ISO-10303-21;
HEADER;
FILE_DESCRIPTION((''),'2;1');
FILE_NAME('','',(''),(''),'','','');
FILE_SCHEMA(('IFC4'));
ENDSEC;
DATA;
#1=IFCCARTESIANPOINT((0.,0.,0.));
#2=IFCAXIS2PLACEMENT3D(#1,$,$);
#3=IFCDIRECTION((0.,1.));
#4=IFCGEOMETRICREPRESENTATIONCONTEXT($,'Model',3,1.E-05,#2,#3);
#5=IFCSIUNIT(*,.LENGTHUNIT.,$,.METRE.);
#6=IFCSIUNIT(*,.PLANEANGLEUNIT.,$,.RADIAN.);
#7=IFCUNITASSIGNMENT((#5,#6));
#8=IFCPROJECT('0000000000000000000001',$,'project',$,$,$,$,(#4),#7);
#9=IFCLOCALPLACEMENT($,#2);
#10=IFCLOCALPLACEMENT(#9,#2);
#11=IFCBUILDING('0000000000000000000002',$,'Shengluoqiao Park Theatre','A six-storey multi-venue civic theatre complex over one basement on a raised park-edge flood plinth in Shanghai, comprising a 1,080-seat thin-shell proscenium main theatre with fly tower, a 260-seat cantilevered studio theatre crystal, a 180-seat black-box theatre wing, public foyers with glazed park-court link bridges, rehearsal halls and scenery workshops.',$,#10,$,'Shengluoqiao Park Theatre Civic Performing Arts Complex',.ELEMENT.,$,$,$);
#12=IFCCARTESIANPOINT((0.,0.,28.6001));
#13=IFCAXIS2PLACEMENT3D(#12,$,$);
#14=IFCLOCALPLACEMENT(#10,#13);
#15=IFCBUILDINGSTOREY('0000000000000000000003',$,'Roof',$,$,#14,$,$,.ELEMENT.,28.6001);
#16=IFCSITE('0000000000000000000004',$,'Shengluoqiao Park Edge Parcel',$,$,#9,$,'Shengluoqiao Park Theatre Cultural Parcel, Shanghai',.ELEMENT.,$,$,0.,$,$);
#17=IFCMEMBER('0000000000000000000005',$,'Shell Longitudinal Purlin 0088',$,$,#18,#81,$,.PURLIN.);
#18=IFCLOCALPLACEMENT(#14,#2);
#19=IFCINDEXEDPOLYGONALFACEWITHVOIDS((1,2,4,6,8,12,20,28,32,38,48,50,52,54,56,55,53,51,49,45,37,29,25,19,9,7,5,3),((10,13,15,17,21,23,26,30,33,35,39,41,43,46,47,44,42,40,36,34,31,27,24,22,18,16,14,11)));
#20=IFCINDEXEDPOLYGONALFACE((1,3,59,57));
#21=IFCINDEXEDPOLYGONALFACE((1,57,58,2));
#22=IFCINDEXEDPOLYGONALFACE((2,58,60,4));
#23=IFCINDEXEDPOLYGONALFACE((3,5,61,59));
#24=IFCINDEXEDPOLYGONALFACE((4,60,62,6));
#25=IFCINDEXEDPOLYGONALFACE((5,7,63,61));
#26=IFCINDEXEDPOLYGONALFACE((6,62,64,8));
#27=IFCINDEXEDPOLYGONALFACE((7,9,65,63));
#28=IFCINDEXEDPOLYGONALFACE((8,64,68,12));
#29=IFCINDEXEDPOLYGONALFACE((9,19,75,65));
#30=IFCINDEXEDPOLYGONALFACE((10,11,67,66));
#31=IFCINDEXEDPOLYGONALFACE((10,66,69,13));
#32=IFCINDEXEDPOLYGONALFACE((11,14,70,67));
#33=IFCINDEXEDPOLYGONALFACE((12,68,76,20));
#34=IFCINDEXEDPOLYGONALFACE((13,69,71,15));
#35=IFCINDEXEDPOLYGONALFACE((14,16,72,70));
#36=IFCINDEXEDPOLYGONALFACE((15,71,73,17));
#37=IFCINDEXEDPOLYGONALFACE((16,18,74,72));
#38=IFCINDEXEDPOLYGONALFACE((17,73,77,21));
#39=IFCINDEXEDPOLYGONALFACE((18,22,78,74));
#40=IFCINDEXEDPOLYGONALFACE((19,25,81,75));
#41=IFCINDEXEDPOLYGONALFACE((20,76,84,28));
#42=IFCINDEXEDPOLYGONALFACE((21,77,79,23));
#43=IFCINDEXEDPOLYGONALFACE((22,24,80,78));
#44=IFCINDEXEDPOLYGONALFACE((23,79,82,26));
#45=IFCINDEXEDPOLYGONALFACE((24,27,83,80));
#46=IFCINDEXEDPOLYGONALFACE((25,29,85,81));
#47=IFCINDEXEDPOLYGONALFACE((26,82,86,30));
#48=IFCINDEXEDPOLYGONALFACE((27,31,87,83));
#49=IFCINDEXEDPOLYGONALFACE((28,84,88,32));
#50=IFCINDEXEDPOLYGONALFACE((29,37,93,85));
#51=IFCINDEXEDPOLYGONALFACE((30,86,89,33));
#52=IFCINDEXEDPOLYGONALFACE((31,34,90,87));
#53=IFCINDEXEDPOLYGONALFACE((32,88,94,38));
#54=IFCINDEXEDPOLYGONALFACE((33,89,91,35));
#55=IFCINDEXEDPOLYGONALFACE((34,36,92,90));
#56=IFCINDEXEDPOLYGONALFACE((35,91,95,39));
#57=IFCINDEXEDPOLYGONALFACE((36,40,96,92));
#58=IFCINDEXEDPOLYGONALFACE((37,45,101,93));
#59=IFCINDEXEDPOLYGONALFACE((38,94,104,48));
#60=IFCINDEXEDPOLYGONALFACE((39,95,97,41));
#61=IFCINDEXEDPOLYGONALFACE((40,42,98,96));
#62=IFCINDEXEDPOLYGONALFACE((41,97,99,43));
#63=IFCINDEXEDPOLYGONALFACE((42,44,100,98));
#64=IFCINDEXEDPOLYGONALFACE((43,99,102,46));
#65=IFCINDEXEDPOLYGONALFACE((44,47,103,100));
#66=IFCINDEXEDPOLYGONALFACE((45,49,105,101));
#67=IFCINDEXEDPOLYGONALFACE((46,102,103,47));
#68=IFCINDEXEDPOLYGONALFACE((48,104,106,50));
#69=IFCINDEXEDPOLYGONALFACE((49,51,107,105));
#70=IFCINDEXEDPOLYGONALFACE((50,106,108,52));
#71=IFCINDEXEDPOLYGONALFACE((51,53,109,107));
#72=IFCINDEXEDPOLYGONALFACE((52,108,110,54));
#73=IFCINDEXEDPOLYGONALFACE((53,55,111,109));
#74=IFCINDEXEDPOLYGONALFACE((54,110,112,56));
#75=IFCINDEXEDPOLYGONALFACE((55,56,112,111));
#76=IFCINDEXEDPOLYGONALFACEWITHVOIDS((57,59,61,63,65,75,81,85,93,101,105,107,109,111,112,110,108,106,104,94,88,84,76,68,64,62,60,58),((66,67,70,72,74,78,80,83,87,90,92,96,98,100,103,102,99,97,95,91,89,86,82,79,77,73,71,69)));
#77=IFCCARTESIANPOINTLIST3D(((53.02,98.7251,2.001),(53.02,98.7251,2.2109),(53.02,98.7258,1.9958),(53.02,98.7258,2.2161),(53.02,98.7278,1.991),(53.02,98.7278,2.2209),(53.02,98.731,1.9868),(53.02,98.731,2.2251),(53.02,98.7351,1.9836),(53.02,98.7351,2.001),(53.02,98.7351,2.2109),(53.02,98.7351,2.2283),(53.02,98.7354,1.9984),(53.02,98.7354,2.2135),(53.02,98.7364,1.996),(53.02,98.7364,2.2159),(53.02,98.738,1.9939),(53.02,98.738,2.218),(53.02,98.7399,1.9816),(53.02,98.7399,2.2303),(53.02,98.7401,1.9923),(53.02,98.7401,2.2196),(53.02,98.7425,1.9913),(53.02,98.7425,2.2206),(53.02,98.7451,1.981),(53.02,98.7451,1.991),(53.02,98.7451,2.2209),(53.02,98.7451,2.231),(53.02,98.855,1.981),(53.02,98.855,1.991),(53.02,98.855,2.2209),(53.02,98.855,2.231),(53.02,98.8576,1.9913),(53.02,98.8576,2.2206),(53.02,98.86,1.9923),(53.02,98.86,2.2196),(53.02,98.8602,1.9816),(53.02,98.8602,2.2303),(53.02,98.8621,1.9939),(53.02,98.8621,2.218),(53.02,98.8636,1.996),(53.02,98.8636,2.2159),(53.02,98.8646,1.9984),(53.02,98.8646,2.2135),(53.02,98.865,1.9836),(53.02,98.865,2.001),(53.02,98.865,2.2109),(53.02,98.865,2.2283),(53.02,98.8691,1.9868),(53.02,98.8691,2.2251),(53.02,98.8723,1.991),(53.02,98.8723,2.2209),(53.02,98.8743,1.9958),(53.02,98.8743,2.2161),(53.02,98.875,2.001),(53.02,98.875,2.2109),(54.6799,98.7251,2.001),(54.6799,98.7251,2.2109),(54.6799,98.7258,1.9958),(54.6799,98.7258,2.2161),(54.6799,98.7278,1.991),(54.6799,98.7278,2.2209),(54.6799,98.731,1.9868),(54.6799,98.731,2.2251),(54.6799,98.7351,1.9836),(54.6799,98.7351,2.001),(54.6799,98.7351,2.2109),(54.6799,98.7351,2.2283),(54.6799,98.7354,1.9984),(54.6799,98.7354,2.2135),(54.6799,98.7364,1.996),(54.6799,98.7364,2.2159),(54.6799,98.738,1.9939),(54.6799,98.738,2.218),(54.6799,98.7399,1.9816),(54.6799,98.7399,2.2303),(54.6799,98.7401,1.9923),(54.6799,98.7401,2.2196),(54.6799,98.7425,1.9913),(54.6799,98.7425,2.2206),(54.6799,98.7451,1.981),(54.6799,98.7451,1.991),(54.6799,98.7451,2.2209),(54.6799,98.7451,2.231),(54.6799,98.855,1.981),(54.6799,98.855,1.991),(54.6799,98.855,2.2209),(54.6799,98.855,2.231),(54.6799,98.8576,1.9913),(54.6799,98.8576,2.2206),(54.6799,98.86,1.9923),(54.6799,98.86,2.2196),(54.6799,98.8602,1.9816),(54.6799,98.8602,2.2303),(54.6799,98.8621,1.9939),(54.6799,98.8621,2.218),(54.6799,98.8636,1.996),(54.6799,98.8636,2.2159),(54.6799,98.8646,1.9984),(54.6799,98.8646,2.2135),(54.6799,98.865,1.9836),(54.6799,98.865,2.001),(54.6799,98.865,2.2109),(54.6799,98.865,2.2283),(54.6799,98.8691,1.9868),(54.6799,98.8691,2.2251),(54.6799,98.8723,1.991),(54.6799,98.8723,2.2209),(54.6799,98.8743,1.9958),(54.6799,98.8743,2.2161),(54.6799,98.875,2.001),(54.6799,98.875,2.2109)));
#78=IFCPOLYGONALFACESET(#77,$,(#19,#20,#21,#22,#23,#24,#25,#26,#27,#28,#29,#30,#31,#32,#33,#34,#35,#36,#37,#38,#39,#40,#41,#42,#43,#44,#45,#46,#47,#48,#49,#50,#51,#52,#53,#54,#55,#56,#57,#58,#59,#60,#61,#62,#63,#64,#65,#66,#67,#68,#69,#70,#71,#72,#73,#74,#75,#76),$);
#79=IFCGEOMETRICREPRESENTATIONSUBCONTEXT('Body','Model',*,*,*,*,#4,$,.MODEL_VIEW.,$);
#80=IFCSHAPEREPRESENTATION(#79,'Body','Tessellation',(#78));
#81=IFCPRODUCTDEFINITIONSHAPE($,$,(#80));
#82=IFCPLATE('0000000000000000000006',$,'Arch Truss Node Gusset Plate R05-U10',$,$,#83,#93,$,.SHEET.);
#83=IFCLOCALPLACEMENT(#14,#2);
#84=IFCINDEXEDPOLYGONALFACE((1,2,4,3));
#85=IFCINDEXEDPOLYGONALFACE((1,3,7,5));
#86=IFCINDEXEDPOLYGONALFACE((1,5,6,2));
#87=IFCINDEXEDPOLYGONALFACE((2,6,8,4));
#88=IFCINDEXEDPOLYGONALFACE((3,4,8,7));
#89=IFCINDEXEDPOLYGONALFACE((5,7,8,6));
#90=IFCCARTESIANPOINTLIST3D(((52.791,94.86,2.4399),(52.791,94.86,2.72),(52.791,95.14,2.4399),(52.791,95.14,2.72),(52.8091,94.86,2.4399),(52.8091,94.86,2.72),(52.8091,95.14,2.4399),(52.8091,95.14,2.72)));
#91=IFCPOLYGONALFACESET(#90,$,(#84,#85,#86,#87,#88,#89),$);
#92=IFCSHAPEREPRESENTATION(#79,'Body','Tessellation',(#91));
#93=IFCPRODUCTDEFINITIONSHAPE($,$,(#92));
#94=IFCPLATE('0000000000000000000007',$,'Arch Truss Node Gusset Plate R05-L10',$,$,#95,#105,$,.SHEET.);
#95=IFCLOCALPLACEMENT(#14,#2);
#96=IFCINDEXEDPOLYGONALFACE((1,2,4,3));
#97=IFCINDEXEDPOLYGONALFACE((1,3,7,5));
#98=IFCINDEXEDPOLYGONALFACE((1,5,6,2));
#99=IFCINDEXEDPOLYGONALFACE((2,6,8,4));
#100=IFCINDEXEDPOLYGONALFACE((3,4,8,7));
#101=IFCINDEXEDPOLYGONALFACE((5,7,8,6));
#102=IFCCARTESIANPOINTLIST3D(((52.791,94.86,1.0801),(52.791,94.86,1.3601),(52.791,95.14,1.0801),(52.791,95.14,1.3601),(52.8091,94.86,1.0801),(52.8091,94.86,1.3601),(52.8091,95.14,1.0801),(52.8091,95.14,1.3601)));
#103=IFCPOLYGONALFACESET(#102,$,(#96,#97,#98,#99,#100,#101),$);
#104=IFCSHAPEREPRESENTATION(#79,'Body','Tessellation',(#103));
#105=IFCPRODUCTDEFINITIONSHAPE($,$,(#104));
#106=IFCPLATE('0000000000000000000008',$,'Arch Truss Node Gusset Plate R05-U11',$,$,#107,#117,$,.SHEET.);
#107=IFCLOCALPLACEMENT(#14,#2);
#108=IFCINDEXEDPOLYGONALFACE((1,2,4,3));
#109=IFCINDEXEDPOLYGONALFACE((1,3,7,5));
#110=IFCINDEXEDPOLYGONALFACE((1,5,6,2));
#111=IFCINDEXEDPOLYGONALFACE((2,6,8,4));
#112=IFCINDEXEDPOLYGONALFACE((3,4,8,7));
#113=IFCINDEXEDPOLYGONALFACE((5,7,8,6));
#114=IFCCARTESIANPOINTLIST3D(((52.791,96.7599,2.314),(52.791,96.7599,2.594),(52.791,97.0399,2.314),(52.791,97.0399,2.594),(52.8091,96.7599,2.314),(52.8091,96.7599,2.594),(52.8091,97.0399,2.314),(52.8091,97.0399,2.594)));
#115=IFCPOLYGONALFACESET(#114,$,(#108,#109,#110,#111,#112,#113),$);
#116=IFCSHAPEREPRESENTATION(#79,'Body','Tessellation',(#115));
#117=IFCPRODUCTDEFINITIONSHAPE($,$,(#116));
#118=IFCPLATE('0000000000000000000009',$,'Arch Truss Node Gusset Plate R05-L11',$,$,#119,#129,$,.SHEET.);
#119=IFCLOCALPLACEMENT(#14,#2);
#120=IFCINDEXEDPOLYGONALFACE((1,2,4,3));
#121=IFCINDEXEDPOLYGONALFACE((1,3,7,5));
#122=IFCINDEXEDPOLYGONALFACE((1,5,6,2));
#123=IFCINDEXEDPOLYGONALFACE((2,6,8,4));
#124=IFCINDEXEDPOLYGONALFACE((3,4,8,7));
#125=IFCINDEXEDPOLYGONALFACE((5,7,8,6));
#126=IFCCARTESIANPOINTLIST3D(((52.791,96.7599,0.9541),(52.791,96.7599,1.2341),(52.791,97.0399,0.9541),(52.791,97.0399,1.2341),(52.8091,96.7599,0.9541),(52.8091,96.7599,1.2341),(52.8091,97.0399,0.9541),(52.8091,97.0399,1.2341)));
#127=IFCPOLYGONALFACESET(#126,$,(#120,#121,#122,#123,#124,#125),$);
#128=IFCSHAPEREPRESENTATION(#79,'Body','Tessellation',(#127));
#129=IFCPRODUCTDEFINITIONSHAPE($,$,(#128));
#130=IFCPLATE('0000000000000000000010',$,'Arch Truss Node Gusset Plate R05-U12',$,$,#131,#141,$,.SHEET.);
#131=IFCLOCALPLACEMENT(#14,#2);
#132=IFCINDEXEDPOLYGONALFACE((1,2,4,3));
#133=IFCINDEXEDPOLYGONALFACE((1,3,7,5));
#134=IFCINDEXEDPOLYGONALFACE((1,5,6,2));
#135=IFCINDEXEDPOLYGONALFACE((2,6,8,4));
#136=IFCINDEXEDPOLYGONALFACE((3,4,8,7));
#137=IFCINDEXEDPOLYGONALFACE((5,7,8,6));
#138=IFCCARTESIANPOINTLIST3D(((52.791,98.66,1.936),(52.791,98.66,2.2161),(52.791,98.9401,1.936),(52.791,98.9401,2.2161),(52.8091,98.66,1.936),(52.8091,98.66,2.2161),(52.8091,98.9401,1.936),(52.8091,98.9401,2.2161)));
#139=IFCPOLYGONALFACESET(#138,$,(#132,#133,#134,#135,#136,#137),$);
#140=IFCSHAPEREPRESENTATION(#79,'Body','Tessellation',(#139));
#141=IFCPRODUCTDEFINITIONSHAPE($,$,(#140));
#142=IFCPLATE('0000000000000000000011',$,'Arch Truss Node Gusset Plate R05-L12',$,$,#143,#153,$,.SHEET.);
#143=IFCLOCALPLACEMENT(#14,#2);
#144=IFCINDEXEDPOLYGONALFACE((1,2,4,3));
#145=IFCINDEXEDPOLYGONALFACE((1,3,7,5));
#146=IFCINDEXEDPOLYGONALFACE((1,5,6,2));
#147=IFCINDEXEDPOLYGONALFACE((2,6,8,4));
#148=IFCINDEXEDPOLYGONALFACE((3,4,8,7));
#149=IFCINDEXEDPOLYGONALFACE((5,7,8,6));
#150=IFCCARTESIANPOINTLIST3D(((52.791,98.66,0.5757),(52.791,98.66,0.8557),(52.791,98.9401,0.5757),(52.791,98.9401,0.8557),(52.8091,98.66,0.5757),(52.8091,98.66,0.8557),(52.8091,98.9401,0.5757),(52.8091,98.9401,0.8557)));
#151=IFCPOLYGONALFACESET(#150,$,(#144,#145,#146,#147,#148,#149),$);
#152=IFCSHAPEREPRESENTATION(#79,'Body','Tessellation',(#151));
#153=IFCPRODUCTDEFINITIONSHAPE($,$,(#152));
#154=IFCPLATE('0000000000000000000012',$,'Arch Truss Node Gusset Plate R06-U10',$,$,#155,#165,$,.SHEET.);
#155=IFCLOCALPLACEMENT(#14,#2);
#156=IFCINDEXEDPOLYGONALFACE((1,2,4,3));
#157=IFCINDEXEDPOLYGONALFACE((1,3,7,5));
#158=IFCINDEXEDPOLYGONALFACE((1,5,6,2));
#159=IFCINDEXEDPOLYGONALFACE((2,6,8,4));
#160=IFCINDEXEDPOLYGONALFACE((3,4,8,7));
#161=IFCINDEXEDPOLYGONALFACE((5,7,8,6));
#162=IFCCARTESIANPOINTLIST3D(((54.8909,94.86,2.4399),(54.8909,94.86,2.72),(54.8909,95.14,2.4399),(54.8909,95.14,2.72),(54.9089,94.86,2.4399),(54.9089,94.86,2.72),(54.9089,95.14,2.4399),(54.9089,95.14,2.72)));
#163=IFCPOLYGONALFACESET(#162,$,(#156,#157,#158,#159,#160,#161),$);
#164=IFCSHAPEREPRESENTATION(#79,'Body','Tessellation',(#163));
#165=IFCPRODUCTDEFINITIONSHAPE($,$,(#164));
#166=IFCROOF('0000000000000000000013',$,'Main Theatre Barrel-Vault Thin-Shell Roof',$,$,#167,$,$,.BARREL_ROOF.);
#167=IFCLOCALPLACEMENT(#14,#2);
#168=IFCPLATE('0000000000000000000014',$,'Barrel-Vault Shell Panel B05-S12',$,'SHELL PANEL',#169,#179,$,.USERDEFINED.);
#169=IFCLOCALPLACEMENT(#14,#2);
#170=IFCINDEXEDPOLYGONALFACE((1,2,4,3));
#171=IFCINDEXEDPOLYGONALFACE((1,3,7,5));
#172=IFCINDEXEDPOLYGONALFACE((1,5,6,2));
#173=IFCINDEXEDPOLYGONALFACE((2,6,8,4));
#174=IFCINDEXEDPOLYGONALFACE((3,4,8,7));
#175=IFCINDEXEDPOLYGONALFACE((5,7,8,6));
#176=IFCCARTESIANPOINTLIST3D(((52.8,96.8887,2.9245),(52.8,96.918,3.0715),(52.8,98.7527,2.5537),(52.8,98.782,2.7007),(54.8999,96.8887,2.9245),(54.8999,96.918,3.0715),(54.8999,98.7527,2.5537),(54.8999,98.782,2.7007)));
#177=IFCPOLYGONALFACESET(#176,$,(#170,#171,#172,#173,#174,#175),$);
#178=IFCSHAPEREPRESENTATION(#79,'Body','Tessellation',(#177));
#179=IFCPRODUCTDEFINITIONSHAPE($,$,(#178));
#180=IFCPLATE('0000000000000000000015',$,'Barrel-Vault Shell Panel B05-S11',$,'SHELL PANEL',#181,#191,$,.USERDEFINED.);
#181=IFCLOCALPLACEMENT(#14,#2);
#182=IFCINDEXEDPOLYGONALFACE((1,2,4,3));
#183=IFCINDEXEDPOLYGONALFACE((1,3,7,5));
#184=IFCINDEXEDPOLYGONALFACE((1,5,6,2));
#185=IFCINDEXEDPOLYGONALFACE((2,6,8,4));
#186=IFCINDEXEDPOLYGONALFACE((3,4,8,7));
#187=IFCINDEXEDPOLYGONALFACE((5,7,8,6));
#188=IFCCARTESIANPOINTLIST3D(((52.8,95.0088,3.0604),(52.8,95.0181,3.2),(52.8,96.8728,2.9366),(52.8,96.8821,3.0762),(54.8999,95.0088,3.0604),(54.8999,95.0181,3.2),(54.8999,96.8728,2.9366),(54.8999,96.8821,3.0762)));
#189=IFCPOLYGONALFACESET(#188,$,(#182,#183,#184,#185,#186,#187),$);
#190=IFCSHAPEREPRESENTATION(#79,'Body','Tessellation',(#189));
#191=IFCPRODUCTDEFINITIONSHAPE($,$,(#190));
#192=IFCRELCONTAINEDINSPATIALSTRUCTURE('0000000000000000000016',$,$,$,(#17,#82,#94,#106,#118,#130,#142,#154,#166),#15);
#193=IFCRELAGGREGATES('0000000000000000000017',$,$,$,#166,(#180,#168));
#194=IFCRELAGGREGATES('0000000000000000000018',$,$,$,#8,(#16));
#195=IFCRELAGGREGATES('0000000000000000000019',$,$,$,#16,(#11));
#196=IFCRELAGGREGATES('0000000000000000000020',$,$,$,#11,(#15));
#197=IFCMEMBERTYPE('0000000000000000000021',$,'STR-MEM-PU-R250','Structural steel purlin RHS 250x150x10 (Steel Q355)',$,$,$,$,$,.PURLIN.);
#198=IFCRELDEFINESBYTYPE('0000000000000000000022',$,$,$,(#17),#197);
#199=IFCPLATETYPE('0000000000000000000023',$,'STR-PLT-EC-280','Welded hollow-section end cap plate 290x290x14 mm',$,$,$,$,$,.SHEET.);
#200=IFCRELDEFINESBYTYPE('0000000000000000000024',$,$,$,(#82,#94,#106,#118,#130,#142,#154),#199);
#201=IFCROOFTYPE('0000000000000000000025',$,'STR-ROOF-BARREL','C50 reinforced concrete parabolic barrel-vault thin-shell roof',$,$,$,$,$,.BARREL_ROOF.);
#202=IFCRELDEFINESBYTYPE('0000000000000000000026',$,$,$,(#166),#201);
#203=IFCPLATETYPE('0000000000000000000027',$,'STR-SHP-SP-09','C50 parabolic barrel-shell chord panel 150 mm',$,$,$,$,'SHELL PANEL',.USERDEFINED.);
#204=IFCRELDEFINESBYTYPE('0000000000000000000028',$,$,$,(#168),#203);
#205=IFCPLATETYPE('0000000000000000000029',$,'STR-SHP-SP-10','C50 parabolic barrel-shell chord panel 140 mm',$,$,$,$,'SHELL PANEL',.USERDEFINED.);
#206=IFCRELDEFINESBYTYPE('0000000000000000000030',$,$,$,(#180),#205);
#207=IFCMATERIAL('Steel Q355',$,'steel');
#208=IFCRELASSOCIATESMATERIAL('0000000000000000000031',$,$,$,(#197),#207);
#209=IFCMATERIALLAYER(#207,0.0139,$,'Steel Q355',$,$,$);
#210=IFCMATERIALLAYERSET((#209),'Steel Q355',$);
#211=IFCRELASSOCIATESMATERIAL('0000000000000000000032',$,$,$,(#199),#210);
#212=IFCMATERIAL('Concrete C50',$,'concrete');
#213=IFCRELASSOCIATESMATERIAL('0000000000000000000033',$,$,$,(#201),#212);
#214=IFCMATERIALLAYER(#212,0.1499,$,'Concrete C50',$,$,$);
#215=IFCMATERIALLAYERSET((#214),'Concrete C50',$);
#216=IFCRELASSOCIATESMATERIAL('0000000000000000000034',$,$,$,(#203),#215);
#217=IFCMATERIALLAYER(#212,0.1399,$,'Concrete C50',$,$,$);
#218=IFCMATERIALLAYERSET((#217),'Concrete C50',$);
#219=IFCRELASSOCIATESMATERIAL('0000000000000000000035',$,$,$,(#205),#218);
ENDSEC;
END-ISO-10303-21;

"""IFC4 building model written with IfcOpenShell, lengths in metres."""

from ifc_helpers import new_model, si_unit, direction, frame, origin, origin_2d, place, context, subcontext, project, spatial, polyline, rectangle, hollow_rectangle, outline, extrude, material, layer, layer_set, material_profile, profile_set, type_object, element, aggregate, save


model = new_model("IFC4")

# Units and contexts
model_context = context("Model", 3, precision=1e-05, world=origin(), true_north=direction((0.0, 1.0)))
body_context = subcontext(model_context, "Body", "Model", "MODEL_VIEW")
ifc_project = project(units=[si_unit("LENGTHUNIT", "METRE"), si_unit("PLANEANGLEUNIT", "RADIAN")], contexts=[model_context])

# Site, building, storey
site_placement = place(None, origin())
site = spatial("IfcSite", under=ifc_project, at=site_placement, Name="Shengluoqiao Park Edge Parcel", LongName="Shengluoqiao Park Theatre Cultural Parcel, Shanghai", CompositionType="ELEMENT", RefElevation=0.0)
building_placement = place(site_placement, origin())
building = spatial("IfcBuilding", under=site, at=building_placement, Name="Shengluoqiao Park Theatre", Description="A six-storey multi-venue civic theatre complex over one basement on a raised park-edge flood plinth in Shanghai, comprising a 1,080-seat thin-shell proscenium main theatre with fly tower, a 260-seat cantilevered studio theatre crystal, a 180-seat black-box theatre wing, public foyers with glazed park-court link bridges, rehearsal halls and scenery workshops.", LongName="Shengluoqiao Park Theatre Civic Performing Arts Complex", CompositionType="ELEMENT")
storey_placement = place(building_placement, frame((0.0, 0.0, 28.6001)))
storey = spatial("IfcBuildingStorey", under=building, at=storey_placement, Name="Roof", CompositionType="ELEMENT", Elevation=28.6001)

# Shared definitions
ifc_material_1 = material(Name="Concrete C50", Category="concrete")
ifc_material_2 = material(Name="Steel Q355", Category="steel")

# Member
ifc_material_profile_1 = material_profile(ifc_material_2, hollow_rectangle(XDim=0.1499, YDim=0.25, WallThickness=0.01, InnerFilletRadius=0.01, OuterFilletRadius=0.02, at=origin_2d()), Name="RHS 250x150x10")
ifc_profile_set_1 = profile_set([ifc_material_profile_1], Name="Steel Q355")
member_type_1 = type_object("IfcMemberType", Name="STR-MEM-PU-R250", Description="Structural steel purlin RHS 250x150x10 (Steel Q355)", PredefinedType="PURLIN", material=ifc_profile_set_1)
member_1_placement = place(storey_placement, frame((53.02, 98.8, 2.106), z_axis=(1.0, 0.0, 0.0), x_axis=(0.0, 1.0, 0.0)))
element("IfcMember", 1, at=member_1_placement, inside=storey, type_object=member_type_1, Name="Shell Longitudinal Purlin 0088", PredefinedType="PURLIN", context=body_context, shape_type="SweptSolid", body=[
    extrude(hollow_rectangle(XDim=0.1499, YDim=0.25, WallThickness=0.01, InnerFilletRadius=0.01, OuterFilletRadius=0.02, at=origin_2d()), origin(), (0.0, 0.0, 1.0), 1.6599),
])

# Plates
ifc_layer_1 = layer(ifc_material_2, 0.0139, Name="Steel Q355")
ifc_layer_set_1 = layer_set([ifc_layer_1], Name="Steel Q355")
plate_type_1 = type_object("IfcPlateType", Name="STR-PLT-EC-280", Description="Welded hollow-section end cap plate 290x290x14 mm", PredefinedType="SHEET", material=ifc_layer_set_1)
for number, where, z_axis, x_axis, name in (
    (2, (52.8, 95.0, 2.4399), (0.0, 0.0, 1.0), (1.0, 0.0, 0.0), "Arch Truss Node Gusset Plate R05-U10"),
    (3, (52.8, 95.0, 1.0801), (0.0, 0.0, 1.0), (1.0, 0.0, 0.0), "Arch Truss Node Gusset Plate R05-L10"),
    (4, (52.8, 96.8999, 2.314), (0.0, 0.0, 1.0), (1.0, 0.0, 0.0), "Arch Truss Node Gusset Plate R05-U11"),
    (5, (52.8, 96.8999, 0.9541), (0.0, 0.0, 1.0), (1.0, 0.0, 0.0), "Arch Truss Node Gusset Plate R05-L11"),
    (6, (52.8, 98.8, 1.936), (0.0, 0.0, 1.0), (1.0, 0.0, 0.0), "Arch Truss Node Gusset Plate R05-U12"),
    (7, (52.8, 98.8, 0.5757), (0.0, 0.0, 1.0), (1.0, 0.0, 0.0), "Arch Truss Node Gusset Plate R05-L12"),
    (8, (54.8999, 95.0, 2.4399), (0.0, 0.0, 1.0), (1.0, 0.0, 0.0), "Arch Truss Node Gusset Plate R06-U10"),
):
    element("IfcPlate", number, at=place(storey_placement, frame(where, z_axis=z_axis, x_axis=x_axis)), inside=storey, type_object=plate_type_1, Name=name, PredefinedType="SHEET", context=body_context, shape_type="SweptSolid", body=[
        extrude(rectangle(XDim=0.0181, YDim=0.28, at=origin_2d()), origin(), (0.0, 0.0, 1.0), 0.28),
    ])

# Roof, plates
roof_type = type_object("IfcRoofType", Name="STR-ROOF-BARREL", Description="C50 reinforced concrete parabolic barrel-vault thin-shell roof", PredefinedType="BARREL_ROOF", material=ifc_material_1)
roof_placement = place(storey_placement, origin())
roof = element("IfcRoof", 9, at=roof_placement, inside=storey, type_object=roof_type, Name="Main Theatre Barrel-Vault Thin-Shell Roof", PredefinedType="BARREL_ROOF")
ifc_layer_2 = layer(ifc_material_1, 0.1499, Name="Concrete C50")
ifc_layer_set_2 = layer_set([ifc_layer_2], Name="Concrete C50")
plate_type_2 = type_object("IfcPlateType", Name="STR-SHP-SP-09", Description="C50 parabolic barrel-shell chord panel 150 mm", ElementType="SHELL PANEL", PredefinedType="USERDEFINED", material=ifc_layer_set_2)
plate_1_placement = place(storey_placement, frame((52.8, 96.918, 3.0715), z_axis=(0.0, 0.195128, 0.980778), x_axis=(1.0, 0.0, 0.0)))
plate_1 = element("IfcPlate", 10, at=plate_1_placement, type_object=plate_type_2, Name="Barrel-Vault Shell Panel B05-S12", ObjectType="SHELL PANEL", PredefinedType="USERDEFINED", context=body_context, shape_type="SweptSolid", body=[
    extrude(outline(polyline([(0.0, 0.0), (2.0999, 0.0), (2.0999, 1.9005), (0.0, 1.9005), (0.0, 0.0)])), origin(), (0.0, 0.0, -1.0), 0.1499),
])
ifc_layer_3 = layer(ifc_material_1, 0.1399, Name="Concrete C50")
ifc_layer_set_3 = layer_set([ifc_layer_3], Name="Concrete C50")
plate_type_3 = type_object("IfcPlateType", Name="STR-SHP-SP-10", Description="C50 parabolic barrel-shell chord panel 140 mm", ElementType="SHELL PANEL", PredefinedType="USERDEFINED", material=ifc_layer_set_3)
plate_2_placement = place(storey_placement, frame((52.8, 95.0181, 3.2), z_axis=(0.0, 0.066259, 0.997802), x_axis=(1.0, 0.0, 0.0)))
plate_2 = element("IfcPlate", 11, at=plate_2_placement, type_object=plate_type_3, Name="Barrel-Vault Shell Panel B05-S11", ObjectType="SHELL PANEL", PredefinedType="USERDEFINED", context=body_context, shape_type="SweptSolid", body=[
    extrude(outline(polyline([(0.0, 0.0), (2.0999, 0.0), (2.0999, 1.8681), (0.0, 1.8681), (0.0, 0.0)])), origin(), (0.0, 0.0, -1.0), 0.1399),
])
aggregate(roof, [plate_2, plate_1])

save(model, "model.ifc")
